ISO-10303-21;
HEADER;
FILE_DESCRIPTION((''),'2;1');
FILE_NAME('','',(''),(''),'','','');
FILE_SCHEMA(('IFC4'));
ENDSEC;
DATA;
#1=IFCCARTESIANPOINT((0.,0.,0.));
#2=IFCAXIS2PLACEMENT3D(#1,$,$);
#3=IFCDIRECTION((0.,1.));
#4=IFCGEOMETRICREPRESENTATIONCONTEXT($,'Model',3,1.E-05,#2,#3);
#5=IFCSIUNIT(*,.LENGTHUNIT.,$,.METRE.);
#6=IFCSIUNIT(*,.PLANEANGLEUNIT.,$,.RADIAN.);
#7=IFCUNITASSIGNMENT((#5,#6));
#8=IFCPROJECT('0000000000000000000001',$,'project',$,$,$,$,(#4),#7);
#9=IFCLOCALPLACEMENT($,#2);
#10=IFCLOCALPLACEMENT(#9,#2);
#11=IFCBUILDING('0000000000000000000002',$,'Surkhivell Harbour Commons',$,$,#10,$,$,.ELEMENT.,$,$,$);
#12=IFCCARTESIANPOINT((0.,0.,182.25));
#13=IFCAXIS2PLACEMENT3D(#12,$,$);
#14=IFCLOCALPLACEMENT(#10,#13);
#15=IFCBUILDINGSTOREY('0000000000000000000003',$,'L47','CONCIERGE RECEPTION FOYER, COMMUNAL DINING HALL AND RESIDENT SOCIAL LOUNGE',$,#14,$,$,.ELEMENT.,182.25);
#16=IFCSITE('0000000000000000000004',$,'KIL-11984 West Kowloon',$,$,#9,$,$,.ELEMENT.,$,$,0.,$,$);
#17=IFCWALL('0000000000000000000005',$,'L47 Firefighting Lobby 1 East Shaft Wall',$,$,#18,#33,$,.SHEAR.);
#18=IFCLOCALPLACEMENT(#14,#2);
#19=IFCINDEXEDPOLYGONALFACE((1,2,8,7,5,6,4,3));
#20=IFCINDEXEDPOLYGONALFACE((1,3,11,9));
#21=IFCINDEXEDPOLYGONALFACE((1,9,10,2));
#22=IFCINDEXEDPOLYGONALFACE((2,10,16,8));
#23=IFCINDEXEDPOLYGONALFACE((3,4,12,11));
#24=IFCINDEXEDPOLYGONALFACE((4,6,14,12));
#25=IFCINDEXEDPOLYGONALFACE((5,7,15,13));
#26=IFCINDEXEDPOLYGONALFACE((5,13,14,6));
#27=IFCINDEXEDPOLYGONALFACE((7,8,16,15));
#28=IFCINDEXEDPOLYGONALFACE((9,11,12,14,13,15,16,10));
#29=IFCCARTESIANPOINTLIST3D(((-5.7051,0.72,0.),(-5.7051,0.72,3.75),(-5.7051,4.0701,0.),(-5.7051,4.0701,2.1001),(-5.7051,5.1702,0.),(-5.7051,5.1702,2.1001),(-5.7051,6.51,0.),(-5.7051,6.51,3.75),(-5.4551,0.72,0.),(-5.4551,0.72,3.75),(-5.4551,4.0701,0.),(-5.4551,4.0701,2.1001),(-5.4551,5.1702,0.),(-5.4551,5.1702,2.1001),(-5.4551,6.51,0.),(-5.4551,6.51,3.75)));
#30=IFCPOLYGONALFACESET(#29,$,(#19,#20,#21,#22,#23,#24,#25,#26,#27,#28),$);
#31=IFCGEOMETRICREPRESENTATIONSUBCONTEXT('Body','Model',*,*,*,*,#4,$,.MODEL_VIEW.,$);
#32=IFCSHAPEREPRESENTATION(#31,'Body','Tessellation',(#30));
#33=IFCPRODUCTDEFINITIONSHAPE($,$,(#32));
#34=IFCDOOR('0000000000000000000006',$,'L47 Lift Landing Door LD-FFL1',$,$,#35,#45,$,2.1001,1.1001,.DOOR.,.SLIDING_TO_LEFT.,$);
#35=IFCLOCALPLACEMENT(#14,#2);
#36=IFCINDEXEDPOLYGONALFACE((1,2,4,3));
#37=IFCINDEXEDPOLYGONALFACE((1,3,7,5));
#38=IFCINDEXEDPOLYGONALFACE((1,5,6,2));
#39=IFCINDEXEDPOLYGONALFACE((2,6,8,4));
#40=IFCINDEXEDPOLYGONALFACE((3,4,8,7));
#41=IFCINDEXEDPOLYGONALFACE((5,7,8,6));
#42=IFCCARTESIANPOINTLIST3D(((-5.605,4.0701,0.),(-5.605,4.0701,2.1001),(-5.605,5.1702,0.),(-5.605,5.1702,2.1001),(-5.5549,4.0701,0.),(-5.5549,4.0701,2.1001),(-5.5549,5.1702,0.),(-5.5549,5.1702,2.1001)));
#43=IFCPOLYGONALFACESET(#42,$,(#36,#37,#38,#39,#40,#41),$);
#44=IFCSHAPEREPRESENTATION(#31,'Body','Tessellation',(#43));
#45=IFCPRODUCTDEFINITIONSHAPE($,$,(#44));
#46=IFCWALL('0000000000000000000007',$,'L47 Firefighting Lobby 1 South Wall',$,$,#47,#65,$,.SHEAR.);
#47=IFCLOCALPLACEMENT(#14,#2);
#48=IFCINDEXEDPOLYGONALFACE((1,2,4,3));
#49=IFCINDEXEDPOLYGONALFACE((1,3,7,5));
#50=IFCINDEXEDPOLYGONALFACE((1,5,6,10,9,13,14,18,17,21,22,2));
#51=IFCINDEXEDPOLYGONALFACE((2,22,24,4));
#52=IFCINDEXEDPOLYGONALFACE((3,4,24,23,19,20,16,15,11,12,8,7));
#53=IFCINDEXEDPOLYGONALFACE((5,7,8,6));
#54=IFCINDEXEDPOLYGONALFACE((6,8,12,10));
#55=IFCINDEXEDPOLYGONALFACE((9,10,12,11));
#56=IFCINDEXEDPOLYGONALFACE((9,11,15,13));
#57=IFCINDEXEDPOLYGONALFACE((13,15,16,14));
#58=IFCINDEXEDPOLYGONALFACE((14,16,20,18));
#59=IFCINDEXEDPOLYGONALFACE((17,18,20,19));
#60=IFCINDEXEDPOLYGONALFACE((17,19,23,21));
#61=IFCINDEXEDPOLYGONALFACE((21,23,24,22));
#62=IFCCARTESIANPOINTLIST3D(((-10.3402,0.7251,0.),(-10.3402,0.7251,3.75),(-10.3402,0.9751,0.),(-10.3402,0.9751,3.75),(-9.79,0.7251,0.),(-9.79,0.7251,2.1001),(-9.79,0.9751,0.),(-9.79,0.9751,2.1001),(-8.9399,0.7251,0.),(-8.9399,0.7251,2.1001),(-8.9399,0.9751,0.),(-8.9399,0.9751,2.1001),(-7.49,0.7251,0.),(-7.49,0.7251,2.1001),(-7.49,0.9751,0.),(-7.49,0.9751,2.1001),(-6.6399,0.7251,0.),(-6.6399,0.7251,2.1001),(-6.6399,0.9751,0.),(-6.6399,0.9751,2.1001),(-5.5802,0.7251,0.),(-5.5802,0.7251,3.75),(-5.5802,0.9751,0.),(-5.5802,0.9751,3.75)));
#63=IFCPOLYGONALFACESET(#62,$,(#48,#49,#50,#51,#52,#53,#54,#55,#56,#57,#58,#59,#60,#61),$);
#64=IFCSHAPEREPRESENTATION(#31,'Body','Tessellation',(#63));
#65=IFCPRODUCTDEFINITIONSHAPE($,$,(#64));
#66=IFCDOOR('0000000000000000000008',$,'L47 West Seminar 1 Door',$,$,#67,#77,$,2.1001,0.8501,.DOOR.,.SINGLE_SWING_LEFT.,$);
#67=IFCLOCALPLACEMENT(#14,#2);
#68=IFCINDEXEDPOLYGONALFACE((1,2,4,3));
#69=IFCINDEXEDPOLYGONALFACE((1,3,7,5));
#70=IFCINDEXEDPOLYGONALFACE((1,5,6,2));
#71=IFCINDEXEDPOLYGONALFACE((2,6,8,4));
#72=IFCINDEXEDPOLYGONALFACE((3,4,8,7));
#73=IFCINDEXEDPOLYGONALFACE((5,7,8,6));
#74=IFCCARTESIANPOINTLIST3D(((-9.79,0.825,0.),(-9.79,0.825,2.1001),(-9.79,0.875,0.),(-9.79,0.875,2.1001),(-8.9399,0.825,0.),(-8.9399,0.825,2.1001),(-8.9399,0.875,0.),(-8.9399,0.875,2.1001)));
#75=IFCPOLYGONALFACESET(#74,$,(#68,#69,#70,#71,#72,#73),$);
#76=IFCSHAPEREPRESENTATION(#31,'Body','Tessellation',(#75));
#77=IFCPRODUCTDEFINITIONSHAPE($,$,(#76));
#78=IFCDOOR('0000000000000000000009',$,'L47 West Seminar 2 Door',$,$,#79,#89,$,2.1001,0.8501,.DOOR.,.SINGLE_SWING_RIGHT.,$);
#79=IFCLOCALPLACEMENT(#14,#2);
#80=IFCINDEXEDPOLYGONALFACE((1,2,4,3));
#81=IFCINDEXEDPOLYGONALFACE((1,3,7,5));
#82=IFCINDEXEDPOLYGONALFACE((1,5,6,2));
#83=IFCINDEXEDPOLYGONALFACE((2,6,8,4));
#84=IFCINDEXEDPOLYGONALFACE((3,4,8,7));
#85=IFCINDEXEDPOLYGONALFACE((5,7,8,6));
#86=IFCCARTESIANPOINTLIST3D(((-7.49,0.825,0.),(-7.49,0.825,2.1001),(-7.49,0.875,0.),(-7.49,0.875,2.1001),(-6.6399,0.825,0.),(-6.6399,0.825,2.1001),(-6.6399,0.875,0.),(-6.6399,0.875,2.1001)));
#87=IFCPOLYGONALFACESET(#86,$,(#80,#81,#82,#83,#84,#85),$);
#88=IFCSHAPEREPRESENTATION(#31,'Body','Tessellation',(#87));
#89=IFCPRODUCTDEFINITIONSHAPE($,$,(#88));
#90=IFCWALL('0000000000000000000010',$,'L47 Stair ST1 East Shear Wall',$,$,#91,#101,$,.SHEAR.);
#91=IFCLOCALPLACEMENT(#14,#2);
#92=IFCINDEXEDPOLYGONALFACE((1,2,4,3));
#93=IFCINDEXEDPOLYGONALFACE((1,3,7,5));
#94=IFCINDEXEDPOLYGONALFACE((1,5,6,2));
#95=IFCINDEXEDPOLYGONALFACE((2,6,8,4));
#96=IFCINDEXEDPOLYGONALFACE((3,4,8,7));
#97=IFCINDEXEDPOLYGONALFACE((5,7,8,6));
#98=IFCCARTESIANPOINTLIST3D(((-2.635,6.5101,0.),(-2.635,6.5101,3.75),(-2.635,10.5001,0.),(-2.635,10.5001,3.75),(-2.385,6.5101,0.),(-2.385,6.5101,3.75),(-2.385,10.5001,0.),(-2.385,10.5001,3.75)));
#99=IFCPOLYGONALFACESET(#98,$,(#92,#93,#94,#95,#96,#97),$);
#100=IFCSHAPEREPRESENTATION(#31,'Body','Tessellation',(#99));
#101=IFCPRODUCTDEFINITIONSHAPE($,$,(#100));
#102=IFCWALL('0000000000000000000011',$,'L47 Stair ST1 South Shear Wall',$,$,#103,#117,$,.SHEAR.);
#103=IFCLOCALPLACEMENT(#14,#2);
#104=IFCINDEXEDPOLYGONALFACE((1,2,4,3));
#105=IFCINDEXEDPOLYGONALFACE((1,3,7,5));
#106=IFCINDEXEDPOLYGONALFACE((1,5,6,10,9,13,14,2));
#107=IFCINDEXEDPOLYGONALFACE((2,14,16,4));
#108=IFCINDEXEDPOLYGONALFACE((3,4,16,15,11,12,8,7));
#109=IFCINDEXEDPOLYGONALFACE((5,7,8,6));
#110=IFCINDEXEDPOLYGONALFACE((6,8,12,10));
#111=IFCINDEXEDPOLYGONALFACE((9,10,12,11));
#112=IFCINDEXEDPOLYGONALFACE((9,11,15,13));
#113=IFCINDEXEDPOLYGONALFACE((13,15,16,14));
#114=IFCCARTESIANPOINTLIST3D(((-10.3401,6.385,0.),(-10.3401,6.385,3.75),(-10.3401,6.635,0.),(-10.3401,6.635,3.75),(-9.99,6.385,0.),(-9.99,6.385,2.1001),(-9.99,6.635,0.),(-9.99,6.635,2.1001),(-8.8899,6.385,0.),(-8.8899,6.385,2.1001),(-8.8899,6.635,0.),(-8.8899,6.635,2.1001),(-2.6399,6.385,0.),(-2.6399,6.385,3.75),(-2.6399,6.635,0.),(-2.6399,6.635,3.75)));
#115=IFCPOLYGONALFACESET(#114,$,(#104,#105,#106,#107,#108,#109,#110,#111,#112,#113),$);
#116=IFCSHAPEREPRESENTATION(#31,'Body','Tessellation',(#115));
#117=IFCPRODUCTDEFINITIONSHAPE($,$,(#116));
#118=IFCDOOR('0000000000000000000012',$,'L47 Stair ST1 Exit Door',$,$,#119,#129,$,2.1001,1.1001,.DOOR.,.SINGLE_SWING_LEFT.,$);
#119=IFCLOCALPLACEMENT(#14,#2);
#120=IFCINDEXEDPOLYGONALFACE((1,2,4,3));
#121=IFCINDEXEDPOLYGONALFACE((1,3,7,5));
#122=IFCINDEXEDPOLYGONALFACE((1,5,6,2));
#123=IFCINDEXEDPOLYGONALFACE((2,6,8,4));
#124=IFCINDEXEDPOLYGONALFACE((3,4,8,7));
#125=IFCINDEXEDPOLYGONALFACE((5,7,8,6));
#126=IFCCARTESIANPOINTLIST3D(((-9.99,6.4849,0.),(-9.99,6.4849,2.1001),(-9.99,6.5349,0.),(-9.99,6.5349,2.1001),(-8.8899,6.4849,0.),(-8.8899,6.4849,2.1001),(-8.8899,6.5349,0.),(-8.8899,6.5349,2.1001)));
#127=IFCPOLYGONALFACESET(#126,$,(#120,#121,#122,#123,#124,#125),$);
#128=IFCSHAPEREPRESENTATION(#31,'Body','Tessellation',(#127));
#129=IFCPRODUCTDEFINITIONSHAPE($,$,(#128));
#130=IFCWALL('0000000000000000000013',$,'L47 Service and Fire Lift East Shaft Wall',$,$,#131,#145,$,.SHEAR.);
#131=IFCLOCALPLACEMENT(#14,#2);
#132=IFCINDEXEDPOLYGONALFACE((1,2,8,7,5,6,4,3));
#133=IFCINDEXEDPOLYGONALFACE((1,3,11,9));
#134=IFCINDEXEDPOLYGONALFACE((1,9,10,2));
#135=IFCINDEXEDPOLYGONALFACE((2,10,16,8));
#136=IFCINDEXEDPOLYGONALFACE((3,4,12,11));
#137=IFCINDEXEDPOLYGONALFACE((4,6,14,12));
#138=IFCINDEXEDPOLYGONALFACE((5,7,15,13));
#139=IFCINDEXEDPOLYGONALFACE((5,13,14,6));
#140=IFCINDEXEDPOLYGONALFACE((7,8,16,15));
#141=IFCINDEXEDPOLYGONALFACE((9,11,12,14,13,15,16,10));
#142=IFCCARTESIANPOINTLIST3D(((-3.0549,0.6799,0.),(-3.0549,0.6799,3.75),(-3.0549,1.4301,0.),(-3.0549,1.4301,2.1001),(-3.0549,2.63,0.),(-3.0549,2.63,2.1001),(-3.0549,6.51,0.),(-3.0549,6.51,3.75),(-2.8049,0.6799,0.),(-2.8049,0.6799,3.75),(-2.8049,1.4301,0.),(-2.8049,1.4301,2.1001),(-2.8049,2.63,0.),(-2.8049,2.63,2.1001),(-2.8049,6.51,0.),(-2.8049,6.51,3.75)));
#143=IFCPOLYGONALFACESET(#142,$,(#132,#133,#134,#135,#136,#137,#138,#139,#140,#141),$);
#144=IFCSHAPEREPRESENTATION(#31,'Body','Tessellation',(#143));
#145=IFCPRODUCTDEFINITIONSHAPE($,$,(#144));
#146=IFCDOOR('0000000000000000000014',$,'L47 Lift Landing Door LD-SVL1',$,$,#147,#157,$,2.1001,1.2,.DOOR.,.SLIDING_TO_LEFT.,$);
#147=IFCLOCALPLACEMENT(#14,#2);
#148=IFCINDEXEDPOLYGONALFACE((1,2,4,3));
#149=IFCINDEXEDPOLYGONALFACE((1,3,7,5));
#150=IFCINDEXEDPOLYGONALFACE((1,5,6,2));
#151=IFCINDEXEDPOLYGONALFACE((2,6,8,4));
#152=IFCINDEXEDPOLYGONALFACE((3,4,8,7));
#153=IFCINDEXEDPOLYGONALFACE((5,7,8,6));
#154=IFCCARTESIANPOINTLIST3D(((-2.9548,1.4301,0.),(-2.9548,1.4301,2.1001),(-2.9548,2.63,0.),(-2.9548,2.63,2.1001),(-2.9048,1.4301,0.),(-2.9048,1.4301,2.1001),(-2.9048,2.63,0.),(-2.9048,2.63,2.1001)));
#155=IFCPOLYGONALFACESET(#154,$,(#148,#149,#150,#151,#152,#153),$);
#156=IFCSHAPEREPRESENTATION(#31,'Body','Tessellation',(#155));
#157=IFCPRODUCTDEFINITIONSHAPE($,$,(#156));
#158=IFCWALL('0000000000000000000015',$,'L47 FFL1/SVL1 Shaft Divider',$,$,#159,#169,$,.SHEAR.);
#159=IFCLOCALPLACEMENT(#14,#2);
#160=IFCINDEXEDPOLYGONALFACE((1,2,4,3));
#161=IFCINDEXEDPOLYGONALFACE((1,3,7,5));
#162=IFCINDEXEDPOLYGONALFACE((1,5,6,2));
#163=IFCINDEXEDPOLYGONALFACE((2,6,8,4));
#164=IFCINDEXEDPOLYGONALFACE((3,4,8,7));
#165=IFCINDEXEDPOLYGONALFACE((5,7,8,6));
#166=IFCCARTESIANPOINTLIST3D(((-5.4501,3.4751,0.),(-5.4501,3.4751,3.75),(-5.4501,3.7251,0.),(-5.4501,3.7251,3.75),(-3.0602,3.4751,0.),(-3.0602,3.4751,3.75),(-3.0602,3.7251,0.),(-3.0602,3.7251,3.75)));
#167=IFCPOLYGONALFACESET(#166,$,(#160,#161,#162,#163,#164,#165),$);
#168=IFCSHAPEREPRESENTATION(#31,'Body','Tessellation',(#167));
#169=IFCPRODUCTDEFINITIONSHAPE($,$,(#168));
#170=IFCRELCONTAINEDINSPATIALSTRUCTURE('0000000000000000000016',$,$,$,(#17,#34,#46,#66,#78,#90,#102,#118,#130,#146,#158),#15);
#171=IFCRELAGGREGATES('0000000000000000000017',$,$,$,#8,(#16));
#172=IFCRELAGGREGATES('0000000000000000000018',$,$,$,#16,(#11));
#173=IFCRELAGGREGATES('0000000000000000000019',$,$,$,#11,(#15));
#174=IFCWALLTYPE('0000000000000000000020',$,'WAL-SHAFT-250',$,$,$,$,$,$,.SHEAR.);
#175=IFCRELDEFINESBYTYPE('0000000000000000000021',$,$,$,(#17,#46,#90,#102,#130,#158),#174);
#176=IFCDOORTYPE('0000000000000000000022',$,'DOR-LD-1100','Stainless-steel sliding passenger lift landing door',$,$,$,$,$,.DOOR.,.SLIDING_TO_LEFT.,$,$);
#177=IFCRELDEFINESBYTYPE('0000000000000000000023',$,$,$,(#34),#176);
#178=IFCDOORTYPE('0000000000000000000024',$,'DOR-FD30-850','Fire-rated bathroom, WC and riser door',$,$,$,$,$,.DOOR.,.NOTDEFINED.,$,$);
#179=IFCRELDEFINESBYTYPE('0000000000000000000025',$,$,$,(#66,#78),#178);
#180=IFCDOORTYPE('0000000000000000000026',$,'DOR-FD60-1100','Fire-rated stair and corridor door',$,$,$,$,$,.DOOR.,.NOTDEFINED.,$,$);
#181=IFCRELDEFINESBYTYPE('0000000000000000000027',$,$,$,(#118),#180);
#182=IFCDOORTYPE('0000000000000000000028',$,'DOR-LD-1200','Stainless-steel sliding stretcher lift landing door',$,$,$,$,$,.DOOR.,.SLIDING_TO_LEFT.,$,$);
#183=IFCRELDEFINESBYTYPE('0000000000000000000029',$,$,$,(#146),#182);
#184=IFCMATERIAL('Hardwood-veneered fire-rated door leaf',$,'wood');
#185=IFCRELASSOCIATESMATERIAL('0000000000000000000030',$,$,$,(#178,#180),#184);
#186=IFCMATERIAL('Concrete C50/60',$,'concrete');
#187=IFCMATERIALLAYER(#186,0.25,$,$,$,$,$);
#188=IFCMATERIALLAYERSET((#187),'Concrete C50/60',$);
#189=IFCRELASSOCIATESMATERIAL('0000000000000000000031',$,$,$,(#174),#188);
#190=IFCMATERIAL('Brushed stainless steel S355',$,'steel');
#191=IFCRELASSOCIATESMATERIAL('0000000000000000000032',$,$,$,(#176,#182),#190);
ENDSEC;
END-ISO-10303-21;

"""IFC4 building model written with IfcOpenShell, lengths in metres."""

from ifc_helpers import new_model, si_unit, direction, frame, frame_2d, origin, place, context, subcontext, project, spatial, rectangle, extrude, material, layer, layer_set, type_object, element, fill, save


model = new_model("IFC4")

# Units and contexts
model_context = context("Model", 3, precision=1e-05, world=origin(), true_north=direction((0.0, 1.0)))
body_context = subcontext(model_context, "Body", "Model", "MODEL_VIEW")
ifc_project = project(units=[si_unit("LENGTHUNIT", "METRE"), si_unit("PLANEANGLEUNIT", "RADIAN")], contexts=[model_context])

# Site, building, storey
site_placement = place(None, origin())
site = spatial("IfcSite", under=ifc_project, at=site_placement, Name="KIL-11984 West Kowloon", CompositionType="ELEMENT", RefElevation=0.0)
building_placement = place(site_placement, origin())
building = spatial("IfcBuilding", under=site, at=building_placement, Name="Surkhivell Harbour Commons", CompositionType="ELEMENT")
storey_placement = place(building_placement, frame((0.0, 0.0, 182.25)))
storey = spatial("IfcBuildingStorey", under=building, at=storey_placement, Name="L47", Description="CONCIERGE RECEPTION FOYER, COMMUNAL DINING HALL AND RESIDENT SOCIAL LOUNGE", CompositionType="ELEMENT", Elevation=182.25)

# Shared definitions
ifc_material_1 = material(Name="Hardwood-veneered fire-rated door leaf", Category="wood")

# Shared definitions
door_type_1 = type_object("IfcDoorType", Name="DOR-FD30-850", Description="Fire-rated bathroom, WC and riser door", OperationType="NOTDEFINED", PredefinedType="DOOR", material=ifc_material_1)

# Wall, opening, door
ifc_material_2 = material(Name="Concrete C50/60", Category="concrete")
ifc_layer_1 = layer(ifc_material_2, 0.25)
ifc_layer_set_1 = layer_set([ifc_layer_1], Name="Concrete C50/60")
wall_type_1 = type_object("IfcWallType", Name="WAL-SHAFT-250", PredefinedType="SHEAR", material=ifc_layer_set_1)
wall_1_placement = place(storey_placement, frame((-5.5801, 0.72, 0.0), z_axis=(0.0, 0.0, 1.0), x_axis=(0.0, 1.0, 0.0)))
wall_1 = element("IfcWall", 1, at=wall_1_placement, inside=storey, type_object=wall_type_1, Name="L47 Firefighting Lobby 1 East Shaft Wall", PredefinedType="SHEAR", context=body_context, shape_type="SweptSolid", body=[
    extrude(rectangle(XDim=5.79, YDim=0.25, at=frame_2d((2.895, 0.0))), origin(), (0.0, 0.0, 1.0), 3.75),
])
opening_1_placement = place(wall_1_placement, frame((3.3501, 0.0, 0.0)))
opening_1 = element("IfcOpeningElement", 2, at=opening_1_placement, cuts=wall_1, PredefinedType="OPENING", context=body_context, shape_type="SweptSolid", body=[
    extrude(rectangle(XDim=1.1001, YDim=2.1001, at=frame_2d((0.55, 1.05))), frame((0.0, 0.135, 0.0), z_axis=(0.0, -1.0, 0.0), x_axis=(1.0, 0.0, 0.0)), (0.0, 0.0, 1.0), 0.27),
])
ifc_material_3 = material(Name="Brushed stainless steel S355", Category="steel")
door_type_2 = type_object("IfcDoorType", Name="DOR-LD-1100", Description="Stainless-steel sliding passenger lift landing door", OperationType="SLIDING_TO_LEFT", PredefinedType="DOOR", material=ifc_material_3)
door_1_placement = place(opening_1_placement, origin())
door_1 = element("IfcDoor", 3, at=door_1_placement, inside=storey, type_object=door_type_2, Name="L47 Lift Landing Door LD-FFL1", OperationType="SLIDING_TO_LEFT", OverallHeight=2.1001, OverallWidth=1.1001, PredefinedType="DOOR", context=body_context, shape_type="SweptSolid", body=[
    extrude(rectangle(XDim=1.1001, YDim=2.1001, at=frame_2d((0.55, 1.05))), frame((0.0, 0.0249, 0.0), z_axis=(0.0, -1.0, 0.0), x_axis=(1.0, 0.0, 0.0)), (0.0, 0.0, 1.0), 0.05),
])
fill(opening_1, door_1)

# Wall, openings, doors
wall_2_placement = place(storey_placement, frame((-10.3401, 0.8501, 0.0), z_axis=(0.0, 0.0, 1.0), x_axis=(1.0, 0.0, 0.0)))
wall_2 = element("IfcWall", 4, at=wall_2_placement, inside=storey, type_object=wall_type_1, Name="L47 Firefighting Lobby 1 South Wall", PredefinedType="SHEAR", context=body_context, shape_type="SweptSolid", body=[
    extrude(rectangle(XDim=4.76, YDim=0.25, at=frame_2d((2.3799, 0.0))), origin(), (0.0, 0.0, 1.0), 3.75),
])
opening_2_placement = place(wall_2_placement, frame((0.55, 0.0, 0.0)))
opening_2 = element("IfcOpeningElement", 5, at=opening_2_placement, cuts=wall_2, PredefinedType="OPENING", context=body_context, shape_type="SweptSolid", body=[
    extrude(rectangle(XDim=0.8501, YDim=2.1001, at=frame_2d((0.425, 1.05))), frame((0.0, 0.135, 0.0), z_axis=(0.0, -1.0, 0.0), x_axis=(1.0, 0.0, 0.0)), (0.0, 0.0, 1.0), 0.27),
])
opening_3_placement = place(wall_2_placement, frame((2.8501, 0.0, 0.0)))
opening_3 = element("IfcOpeningElement", 6, at=opening_3_placement, cuts=wall_2, PredefinedType="OPENING", context=body_context, shape_type="SweptSolid", body=[
    extrude(rectangle(XDim=0.8501, YDim=2.1001, at=frame_2d((0.425, 1.05))), frame((0.0, 0.135, 0.0), z_axis=(0.0, -1.0, 0.0), x_axis=(1.0, 0.0, 0.0)), (0.0, 0.0, 1.0), 0.27),
])
door_2_placement = place(opening_2_placement, origin())
door_2 = element("IfcDoor", 7, at=door_2_placement, inside=storey, type_object=door_type_1, Name="L47 West Seminar 1 Door", OperationType="SINGLE_SWING_LEFT", OverallHeight=2.1001, OverallWidth=0.8501, PredefinedType="DOOR", context=body_context, shape_type="SweptSolid", body=[
    extrude(rectangle(XDim=0.8501, YDim=2.1001, at=frame_2d((0.425, 1.05))), frame((0.0, 0.0249, 0.0), z_axis=(0.0, -1.0, 0.0), x_axis=(1.0, 0.0, 0.0)), (0.0, 0.0, 1.0), 0.05),
])
fill(opening_2, door_2)
door_3_placement = place(opening_3_placement, origin())
door_3 = element("IfcDoor", 8, at=door_3_placement, inside=storey, type_object=door_type_1, Name="L47 West Seminar 2 Door", OperationType="SINGLE_SWING_RIGHT", OverallHeight=2.1001, OverallWidth=0.8501, PredefinedType="DOOR", context=body_context, shape_type="SweptSolid", body=[
    extrude(rectangle(XDim=0.8501, YDim=2.1001, at=frame_2d((0.425, 1.05))), frame((0.0, 0.0249, 0.0), z_axis=(0.0, -1.0, 0.0), x_axis=(1.0, 0.0, 0.0)), (0.0, 0.0, 1.0), 0.05),
])
fill(opening_3, door_3)

# Wall
wall_3_placement = place(storey_placement, frame((-2.51, 6.51, 0.0), z_axis=(0.0, 0.0, 1.0), x_axis=(0.0, 1.0, 0.0)))
element("IfcWall", 9, at=wall_3_placement, inside=storey, type_object=wall_type_1, Name="L47 Stair ST1 East Shear Wall", PredefinedType="SHEAR", context=body_context, shape_type="SweptSolid", body=[
    extrude(rectangle(XDim=3.99, YDim=0.25, at=frame_2d((1.9951, 0.0))), origin(), (0.0, 0.0, 1.0), 3.75),
])

# Walls, openings, doors
wall_4_placement = place(storey_placement, frame((-10.3401, 6.51, 0.0), z_axis=(0.0, 0.0, 1.0), x_axis=(1.0, 0.0, 0.0)))
wall_4 = element("IfcWall", 10, at=wall_4_placement, inside=storey, type_object=wall_type_1, Name="L47 Stair ST1 South Shear Wall", PredefinedType="SHEAR", context=body_context, shape_type="SweptSolid", body=[
    extrude(rectangle(XDim=7.7002, YDim=0.25, at=frame_2d((3.8501, 0.0))), origin(), (0.0, 0.0, 1.0), 3.75),
])
opening_4_placement = place(wall_4_placement, frame((0.3501, 0.0, 0.0)))
opening_4 = element("IfcOpeningElement", 11, at=opening_4_placement, cuts=wall_4, PredefinedType="OPENING", context=body_context, shape_type="SweptSolid", body=[
    extrude(rectangle(XDim=1.1001, YDim=2.1001, at=frame_2d((0.55, 1.05))), frame((0.0, 0.135, 0.0), z_axis=(0.0, -1.0, 0.0), x_axis=(1.0, 0.0, 0.0)), (0.0, 0.0, 1.0), 0.27),
])
door_type_3 = type_object("IfcDoorType", Name="DOR-FD60-1100", Description="Fire-rated stair and corridor door", OperationType="NOTDEFINED", PredefinedType="DOOR", material=ifc_material_1)
door_4_placement = place(opening_4_placement, origin())
door_4 = element("IfcDoor", 12, at=door_4_placement, inside=storey, type_object=door_type_3, Name="L47 Stair ST1 Exit Door", OperationType="SINGLE_SWING_LEFT", OverallHeight=2.1001, OverallWidth=1.1001, PredefinedType="DOOR", context=body_context, shape_type="SweptSolid", body=[
    extrude(rectangle(XDim=1.1001, YDim=2.1001, at=frame_2d((0.55, 1.05))), frame((0.0, 0.0249, 0.0), z_axis=(0.0, -1.0, 0.0), x_axis=(1.0, 0.0, 0.0)), (0.0, 0.0, 1.0), 0.05),
])
fill(opening_4, door_4)
wall_5_placement = place(storey_placement, frame((-2.9299, 0.6799, 0.0), z_axis=(0.0, 0.0, 1.0), x_axis=(0.0, 1.0, 0.0)))
wall_5 = element("IfcWall", 13, at=wall_5_placement, inside=storey, type_object=wall_type_1, Name="L47 Service and Fire Lift East Shaft Wall", PredefinedType="SHEAR", context=body_context, shape_type="SweptSolid", body=[
    extrude(rectangle(XDim=5.8301, YDim=0.25, at=frame_2d((2.915, 0.0))), origin(), (0.0, 0.0, 1.0), 3.75),
])
opening_5_placement = place(wall_5_placement, frame((0.75, 0.0, 0.0)))
opening_5 = element("IfcOpeningElement", 14, at=opening_5_placement, cuts=wall_5, PredefinedType="OPENING", context=body_context, shape_type="SweptSolid", body=[
    extrude(rectangle(XDim=1.2, YDim=2.1001, at=frame_2d((0.6001, 1.05))), frame((0.0, 0.135, 0.0), z_axis=(0.0, -1.0, 0.0), x_axis=(1.0, 0.0, 0.0)), (0.0, 0.0, 1.0), 0.27),
])
door_type_4 = type_object("IfcDoorType", Name="DOR-LD-1200", Description="Stainless-steel sliding stretcher lift landing door", OperationType="SLIDING_TO_LEFT", PredefinedType="DOOR", material=ifc_material_3)
door_5_placement = place(opening_5_placement, origin())
door_5 = element("IfcDoor", 15, at=door_5_placement, inside=storey, type_object=door_type_4, Name="L47 Lift Landing Door LD-SVL1", OperationType="SLIDING_TO_LEFT", OverallHeight=2.1001, OverallWidth=1.2, PredefinedType="DOOR", context=body_context, shape_type="SweptSolid", body=[
    extrude(rectangle(XDim=1.2, YDim=2.1001, at=frame_2d((0.6001, 1.05))), frame((0.0, 0.0249, 0.0), z_axis=(0.0, -1.0, 0.0), x_axis=(1.0, 0.0, 0.0)), (0.0, 0.0, 1.0), 0.05),
])
fill(opening_5, door_5)

# Wall
wall_6_placement = place(storey_placement, frame((-5.45, 3.6001, 0.0), z_axis=(0.0, 0.0, 1.0), x_axis=(1.0, 0.0, 0.0)))
element("IfcWall", 16, at=wall_6_placement, inside=storey, type_object=wall_type_1, Name="L47 FFL1/SVL1 Shaft Divider", PredefinedType="SHEAR", context=body_context, shape_type="SweptSolid", body=[
    extrude(rectangle(XDim=2.3899, YDim=0.25, at=frame_2d((1.1948, 0.0))), origin(), (0.0, 0.0, 1.0), 3.75),
])

save(model, "model.ifc")
